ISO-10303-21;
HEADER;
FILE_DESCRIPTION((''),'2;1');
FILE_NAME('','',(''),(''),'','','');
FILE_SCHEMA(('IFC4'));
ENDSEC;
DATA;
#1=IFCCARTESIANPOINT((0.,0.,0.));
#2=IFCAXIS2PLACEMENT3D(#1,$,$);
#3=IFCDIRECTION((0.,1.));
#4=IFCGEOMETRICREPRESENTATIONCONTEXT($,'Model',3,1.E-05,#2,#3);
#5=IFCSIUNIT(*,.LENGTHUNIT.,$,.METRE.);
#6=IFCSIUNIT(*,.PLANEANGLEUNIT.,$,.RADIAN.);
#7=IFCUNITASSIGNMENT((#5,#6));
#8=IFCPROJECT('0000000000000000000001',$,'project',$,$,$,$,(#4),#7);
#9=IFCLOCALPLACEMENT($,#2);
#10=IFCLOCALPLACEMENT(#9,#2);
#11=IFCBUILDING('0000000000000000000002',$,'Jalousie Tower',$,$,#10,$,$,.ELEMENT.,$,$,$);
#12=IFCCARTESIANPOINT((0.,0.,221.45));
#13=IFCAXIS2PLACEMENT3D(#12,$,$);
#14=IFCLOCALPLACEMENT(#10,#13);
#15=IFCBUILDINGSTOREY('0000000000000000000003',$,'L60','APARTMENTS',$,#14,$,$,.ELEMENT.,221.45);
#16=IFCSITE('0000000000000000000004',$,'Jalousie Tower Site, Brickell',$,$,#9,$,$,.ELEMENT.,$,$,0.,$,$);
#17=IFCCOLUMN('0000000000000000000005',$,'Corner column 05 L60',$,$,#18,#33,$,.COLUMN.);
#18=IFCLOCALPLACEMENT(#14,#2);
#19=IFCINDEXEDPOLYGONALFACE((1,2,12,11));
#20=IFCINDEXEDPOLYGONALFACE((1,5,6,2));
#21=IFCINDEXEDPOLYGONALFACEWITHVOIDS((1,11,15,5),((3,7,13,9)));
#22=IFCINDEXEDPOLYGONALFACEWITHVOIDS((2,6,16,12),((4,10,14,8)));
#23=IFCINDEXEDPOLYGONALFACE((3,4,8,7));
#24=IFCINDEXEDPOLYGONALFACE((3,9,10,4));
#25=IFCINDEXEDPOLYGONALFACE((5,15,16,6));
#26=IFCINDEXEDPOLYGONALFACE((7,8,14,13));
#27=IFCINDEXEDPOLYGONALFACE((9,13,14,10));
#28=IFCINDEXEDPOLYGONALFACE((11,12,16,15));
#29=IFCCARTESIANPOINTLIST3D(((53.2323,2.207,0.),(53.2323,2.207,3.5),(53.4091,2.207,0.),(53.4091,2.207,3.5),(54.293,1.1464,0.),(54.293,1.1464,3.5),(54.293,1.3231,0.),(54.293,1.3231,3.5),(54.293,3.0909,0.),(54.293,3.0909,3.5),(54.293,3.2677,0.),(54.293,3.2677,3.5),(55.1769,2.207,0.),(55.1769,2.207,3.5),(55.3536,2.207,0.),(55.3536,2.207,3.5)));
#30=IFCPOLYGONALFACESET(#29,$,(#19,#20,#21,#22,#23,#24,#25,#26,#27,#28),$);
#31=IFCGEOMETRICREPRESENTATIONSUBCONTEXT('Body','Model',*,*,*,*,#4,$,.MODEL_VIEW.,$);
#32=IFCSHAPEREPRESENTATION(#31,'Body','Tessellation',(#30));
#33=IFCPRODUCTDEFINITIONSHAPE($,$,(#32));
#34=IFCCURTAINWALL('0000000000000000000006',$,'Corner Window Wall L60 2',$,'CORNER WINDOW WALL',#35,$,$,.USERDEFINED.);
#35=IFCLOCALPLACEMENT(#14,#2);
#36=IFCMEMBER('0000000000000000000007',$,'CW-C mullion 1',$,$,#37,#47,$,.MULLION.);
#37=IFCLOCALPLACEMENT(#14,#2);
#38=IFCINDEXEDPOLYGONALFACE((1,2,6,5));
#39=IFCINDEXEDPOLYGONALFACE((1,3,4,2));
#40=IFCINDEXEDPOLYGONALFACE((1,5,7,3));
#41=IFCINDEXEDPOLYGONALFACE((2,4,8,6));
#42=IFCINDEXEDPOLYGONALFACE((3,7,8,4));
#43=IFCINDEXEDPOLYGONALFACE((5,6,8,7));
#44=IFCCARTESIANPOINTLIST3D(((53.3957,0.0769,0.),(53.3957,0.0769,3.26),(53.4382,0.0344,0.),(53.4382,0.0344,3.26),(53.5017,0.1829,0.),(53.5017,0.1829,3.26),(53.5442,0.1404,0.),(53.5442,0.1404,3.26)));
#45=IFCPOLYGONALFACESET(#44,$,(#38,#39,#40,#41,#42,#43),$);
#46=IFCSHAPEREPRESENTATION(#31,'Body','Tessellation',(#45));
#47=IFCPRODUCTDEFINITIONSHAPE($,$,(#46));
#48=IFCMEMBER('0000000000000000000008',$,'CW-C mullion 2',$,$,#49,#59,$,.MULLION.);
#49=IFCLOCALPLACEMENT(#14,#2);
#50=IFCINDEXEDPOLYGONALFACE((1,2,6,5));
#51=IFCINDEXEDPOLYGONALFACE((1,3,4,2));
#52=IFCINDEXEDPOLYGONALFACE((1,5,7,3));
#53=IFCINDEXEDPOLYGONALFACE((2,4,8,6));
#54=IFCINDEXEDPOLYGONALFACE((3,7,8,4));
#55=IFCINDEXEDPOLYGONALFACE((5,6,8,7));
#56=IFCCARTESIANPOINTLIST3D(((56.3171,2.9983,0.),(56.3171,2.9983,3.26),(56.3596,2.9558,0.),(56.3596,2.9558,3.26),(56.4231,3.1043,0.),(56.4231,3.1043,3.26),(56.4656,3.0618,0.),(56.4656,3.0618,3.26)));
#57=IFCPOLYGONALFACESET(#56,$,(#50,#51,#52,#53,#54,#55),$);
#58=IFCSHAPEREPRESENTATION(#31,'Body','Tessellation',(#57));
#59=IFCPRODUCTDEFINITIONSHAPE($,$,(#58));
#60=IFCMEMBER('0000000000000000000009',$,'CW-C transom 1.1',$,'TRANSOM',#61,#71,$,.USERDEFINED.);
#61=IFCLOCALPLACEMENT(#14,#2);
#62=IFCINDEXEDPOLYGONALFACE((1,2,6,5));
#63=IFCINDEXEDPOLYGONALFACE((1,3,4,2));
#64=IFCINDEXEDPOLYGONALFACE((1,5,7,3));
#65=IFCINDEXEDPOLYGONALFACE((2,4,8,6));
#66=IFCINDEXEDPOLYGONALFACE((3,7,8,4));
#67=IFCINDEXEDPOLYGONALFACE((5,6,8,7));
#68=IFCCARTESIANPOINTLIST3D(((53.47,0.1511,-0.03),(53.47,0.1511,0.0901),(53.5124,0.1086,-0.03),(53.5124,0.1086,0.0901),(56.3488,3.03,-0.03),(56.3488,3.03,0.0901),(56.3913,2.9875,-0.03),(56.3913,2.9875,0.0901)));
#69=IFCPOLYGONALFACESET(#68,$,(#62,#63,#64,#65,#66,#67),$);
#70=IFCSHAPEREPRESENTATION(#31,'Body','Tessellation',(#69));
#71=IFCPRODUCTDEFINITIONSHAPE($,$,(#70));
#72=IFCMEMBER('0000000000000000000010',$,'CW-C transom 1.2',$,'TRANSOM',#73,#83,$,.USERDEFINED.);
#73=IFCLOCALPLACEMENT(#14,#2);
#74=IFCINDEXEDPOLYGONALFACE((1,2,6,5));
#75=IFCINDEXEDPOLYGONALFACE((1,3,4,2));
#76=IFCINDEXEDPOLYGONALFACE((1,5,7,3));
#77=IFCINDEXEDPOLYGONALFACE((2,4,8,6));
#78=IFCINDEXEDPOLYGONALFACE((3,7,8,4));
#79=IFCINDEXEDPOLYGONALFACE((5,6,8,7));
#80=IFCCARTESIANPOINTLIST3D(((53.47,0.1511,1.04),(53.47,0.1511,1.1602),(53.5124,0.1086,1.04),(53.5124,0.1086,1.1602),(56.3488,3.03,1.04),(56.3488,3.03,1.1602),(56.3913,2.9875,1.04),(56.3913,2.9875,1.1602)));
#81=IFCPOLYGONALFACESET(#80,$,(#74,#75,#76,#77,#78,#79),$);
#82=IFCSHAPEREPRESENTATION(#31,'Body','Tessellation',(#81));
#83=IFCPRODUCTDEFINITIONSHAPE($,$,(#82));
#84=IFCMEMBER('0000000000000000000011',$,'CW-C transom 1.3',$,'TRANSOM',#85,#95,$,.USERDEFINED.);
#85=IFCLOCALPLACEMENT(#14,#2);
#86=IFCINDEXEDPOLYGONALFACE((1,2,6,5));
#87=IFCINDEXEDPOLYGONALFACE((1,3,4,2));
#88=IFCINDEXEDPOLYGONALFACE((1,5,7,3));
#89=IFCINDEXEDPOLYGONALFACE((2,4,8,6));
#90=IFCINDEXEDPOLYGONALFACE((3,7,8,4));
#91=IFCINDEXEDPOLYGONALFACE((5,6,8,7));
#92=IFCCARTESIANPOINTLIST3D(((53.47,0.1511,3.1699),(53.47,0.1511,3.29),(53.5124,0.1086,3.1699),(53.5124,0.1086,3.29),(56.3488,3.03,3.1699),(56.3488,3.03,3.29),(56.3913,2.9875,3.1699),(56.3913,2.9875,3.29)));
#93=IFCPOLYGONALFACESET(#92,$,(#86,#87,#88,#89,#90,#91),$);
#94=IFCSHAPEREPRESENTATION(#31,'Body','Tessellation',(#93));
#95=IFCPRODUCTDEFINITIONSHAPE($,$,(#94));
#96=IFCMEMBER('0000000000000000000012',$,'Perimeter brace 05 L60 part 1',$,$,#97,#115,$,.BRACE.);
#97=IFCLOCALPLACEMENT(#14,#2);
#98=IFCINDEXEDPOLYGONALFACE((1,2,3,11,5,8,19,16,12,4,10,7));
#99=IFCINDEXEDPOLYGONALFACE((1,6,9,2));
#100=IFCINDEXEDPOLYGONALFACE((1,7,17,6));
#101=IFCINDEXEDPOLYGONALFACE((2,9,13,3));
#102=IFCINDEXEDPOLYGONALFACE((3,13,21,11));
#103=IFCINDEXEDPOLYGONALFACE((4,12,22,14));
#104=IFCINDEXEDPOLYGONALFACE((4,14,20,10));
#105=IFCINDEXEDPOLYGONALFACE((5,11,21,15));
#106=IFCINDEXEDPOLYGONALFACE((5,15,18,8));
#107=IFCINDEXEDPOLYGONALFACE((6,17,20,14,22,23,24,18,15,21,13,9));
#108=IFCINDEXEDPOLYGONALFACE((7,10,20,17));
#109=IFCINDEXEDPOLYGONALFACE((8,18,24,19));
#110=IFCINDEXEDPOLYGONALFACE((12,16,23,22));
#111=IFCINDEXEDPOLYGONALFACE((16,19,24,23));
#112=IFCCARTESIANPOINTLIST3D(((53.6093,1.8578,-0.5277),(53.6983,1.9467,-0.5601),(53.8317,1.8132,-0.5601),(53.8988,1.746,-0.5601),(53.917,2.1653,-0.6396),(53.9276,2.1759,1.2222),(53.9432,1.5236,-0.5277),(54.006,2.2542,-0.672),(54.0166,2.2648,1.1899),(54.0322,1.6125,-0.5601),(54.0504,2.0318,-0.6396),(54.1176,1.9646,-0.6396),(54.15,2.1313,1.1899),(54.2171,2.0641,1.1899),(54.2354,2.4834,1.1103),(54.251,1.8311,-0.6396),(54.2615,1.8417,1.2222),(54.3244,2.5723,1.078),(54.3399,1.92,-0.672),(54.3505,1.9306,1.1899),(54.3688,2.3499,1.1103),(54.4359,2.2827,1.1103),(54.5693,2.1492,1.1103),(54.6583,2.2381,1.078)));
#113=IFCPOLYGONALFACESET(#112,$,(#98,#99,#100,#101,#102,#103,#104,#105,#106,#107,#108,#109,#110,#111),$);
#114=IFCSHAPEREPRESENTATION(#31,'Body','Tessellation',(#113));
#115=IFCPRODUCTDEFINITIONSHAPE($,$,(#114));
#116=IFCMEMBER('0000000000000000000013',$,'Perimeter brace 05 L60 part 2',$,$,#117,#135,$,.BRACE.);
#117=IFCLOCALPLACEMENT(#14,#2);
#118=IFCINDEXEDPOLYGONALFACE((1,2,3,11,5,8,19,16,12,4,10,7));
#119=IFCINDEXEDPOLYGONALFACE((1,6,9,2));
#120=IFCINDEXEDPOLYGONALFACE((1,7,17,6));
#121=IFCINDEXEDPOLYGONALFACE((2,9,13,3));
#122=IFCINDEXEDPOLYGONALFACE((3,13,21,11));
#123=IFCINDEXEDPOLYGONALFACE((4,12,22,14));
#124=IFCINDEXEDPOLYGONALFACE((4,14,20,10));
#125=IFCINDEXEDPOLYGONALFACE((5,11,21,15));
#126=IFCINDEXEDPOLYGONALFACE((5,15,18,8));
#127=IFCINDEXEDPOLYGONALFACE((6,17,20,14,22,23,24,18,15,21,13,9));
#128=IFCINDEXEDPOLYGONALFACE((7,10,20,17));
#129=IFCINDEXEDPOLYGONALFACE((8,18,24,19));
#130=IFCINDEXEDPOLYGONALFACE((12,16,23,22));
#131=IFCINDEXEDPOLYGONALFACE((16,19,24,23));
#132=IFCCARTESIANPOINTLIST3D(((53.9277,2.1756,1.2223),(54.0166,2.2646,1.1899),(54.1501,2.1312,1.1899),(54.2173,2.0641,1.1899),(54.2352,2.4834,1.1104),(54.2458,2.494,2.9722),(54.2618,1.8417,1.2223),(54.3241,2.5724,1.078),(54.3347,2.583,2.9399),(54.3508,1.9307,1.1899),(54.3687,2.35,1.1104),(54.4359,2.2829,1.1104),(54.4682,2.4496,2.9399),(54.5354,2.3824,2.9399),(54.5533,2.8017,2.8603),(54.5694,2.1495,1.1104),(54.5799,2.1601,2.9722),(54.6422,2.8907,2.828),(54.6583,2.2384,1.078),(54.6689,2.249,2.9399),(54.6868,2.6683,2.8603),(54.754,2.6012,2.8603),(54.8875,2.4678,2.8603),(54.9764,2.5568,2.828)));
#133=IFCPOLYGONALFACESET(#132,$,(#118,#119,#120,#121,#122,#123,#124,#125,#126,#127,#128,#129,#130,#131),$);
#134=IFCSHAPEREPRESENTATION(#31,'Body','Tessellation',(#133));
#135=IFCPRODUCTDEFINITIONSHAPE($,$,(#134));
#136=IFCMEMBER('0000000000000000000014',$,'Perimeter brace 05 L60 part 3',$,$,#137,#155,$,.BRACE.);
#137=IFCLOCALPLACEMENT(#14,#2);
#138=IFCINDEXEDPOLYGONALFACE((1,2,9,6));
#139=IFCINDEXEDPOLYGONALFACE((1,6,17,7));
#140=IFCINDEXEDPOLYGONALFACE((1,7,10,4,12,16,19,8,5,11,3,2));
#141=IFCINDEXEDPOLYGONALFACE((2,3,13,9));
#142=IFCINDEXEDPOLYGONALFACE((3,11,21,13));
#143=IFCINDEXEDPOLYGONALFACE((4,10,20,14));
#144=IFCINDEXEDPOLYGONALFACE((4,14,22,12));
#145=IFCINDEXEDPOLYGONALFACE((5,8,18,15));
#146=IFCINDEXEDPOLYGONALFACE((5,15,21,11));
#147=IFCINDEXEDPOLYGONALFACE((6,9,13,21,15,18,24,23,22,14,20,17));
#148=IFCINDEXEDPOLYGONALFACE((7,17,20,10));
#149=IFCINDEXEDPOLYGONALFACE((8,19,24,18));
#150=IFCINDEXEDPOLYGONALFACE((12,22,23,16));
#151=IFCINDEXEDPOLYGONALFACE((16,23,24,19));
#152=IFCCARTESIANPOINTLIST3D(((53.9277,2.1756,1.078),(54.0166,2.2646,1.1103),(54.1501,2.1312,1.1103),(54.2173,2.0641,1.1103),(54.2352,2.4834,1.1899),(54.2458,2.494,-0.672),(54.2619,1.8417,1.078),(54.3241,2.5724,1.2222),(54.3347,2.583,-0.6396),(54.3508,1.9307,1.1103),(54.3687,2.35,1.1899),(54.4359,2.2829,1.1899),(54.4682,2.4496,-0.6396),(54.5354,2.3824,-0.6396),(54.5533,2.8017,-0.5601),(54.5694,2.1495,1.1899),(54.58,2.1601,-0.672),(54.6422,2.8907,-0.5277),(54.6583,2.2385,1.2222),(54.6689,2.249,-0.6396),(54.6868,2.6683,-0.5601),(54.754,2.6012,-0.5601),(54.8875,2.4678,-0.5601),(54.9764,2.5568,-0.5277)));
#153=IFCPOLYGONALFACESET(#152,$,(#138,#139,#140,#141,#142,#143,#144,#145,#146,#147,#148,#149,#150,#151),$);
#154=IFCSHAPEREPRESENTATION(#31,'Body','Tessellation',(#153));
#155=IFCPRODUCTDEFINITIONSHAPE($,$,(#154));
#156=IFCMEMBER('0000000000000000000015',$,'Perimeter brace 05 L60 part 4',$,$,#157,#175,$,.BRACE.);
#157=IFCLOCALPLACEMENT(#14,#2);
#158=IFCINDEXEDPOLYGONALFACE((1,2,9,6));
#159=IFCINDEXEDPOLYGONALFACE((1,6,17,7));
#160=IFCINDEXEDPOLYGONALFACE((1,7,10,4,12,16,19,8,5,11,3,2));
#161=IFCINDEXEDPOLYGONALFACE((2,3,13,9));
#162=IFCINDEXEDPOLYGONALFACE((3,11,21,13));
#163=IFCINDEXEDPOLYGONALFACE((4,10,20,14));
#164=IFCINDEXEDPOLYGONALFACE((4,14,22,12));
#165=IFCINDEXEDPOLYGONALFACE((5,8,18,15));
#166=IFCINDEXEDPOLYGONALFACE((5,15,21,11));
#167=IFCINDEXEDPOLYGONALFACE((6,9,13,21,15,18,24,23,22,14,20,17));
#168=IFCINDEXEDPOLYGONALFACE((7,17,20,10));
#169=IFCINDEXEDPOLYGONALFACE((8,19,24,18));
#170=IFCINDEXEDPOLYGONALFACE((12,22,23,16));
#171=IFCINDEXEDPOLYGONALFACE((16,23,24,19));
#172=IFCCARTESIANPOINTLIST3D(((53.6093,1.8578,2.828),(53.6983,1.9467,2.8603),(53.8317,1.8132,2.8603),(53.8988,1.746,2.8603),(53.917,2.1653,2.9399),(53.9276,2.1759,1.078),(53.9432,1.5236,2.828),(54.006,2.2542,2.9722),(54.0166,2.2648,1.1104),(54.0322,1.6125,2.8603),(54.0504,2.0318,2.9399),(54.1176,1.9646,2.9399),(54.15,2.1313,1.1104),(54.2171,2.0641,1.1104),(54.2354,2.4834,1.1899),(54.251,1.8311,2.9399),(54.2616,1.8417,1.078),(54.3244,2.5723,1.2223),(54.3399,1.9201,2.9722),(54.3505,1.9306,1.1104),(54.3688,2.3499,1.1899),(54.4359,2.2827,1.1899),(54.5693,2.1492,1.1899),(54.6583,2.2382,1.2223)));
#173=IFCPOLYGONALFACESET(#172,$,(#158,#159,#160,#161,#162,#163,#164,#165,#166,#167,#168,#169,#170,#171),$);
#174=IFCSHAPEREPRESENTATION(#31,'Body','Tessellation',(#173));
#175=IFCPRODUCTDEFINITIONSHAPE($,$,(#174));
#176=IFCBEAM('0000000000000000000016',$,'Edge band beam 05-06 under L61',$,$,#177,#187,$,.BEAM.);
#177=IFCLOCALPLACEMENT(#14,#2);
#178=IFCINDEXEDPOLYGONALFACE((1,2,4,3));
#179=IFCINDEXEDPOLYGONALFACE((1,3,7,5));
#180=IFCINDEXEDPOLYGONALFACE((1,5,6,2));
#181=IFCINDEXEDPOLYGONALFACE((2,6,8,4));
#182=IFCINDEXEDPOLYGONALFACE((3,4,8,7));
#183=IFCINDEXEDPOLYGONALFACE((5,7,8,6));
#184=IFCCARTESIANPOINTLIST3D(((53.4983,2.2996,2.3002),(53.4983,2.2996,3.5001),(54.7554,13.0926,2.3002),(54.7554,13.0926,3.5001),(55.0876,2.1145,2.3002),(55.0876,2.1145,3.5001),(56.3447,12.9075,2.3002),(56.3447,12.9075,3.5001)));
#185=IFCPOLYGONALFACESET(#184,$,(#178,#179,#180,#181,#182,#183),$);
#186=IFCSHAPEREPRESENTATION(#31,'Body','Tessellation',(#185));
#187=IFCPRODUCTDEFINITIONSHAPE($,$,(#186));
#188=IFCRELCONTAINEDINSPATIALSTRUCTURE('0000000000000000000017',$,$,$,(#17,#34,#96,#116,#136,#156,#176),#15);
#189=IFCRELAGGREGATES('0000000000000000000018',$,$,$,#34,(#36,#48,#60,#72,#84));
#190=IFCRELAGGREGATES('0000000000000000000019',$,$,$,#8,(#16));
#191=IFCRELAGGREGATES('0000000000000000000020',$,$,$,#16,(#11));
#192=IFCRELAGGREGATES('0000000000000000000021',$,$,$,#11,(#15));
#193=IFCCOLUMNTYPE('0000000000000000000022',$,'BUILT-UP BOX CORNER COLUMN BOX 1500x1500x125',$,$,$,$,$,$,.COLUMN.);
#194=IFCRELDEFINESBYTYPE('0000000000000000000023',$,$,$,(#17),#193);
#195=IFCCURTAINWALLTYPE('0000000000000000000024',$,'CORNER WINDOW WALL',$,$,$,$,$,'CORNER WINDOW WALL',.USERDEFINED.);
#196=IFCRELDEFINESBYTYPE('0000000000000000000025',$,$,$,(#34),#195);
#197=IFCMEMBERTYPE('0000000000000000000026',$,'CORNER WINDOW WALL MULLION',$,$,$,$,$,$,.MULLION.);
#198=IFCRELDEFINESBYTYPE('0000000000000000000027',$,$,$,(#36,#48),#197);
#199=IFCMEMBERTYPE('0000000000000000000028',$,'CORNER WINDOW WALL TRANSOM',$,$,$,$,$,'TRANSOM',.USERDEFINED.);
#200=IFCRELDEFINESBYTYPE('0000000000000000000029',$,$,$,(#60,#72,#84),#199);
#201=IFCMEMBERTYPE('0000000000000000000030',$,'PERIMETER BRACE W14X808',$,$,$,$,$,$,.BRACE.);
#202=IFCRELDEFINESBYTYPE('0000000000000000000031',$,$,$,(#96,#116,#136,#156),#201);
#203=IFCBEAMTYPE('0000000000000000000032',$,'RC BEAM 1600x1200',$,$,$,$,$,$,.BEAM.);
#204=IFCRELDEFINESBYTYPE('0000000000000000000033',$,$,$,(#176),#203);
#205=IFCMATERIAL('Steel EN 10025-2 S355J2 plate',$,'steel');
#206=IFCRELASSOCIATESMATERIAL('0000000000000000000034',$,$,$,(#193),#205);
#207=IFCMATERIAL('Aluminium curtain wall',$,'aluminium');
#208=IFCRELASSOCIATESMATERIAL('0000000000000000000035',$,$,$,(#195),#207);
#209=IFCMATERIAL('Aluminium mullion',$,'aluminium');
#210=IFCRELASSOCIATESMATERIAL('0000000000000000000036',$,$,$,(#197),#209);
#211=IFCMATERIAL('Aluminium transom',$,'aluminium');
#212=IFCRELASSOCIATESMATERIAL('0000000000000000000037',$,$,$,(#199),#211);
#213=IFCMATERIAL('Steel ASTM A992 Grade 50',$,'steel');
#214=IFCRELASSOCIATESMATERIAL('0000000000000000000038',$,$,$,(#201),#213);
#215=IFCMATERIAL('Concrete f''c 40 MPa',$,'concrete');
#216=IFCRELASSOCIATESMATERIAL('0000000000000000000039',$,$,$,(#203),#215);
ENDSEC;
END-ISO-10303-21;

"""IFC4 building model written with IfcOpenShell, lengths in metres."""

from ifc_helpers import new_model, si_unit, direction, frame, origin, origin_2d, place, context, subcontext, project, spatial, rectangle, hollow_rectangle, i_section, extrude, material, material_profile, profile_set, type_object, element, aggregate, save


model = new_model("IFC4")

# Units and contexts
model_context = context("Model", 3, precision=1e-05, world=origin(), true_north=direction((0.0, 1.0)))
body_context = subcontext(model_context, "Body", "Model", "MODEL_VIEW")
ifc_project = project(units=[si_unit("LENGTHUNIT", "METRE"), si_unit("PLANEANGLEUNIT", "RADIAN")], contexts=[model_context])

# Site, building, storey
site_placement = place(None, origin())
site = spatial("IfcSite", under=ifc_project, at=site_placement, Name="Jalousie Tower Site, Brickell", CompositionType="ELEMENT", RefElevation=0.0)
building_placement = place(site_placement, origin())
building = spatial("IfcBuilding", under=site, at=building_placement, Name="Jalousie Tower", CompositionType="ELEMENT")
storey_placement = place(building_placement, frame((0.0, 0.0, 221.45)))
storey = spatial("IfcBuildingStorey", under=building, at=storey_placement, Name="L60", Description="APARTMENTS", CompositionType="ELEMENT", Elevation=221.45)

# Column
ifc_material_1 = material(Name="Steel EN 10025-2 S355J2 plate", Category="steel")
ifc_material_profile_1 = material_profile(ifc_material_1, hollow_rectangle(XDim=1.5, YDim=1.5, WallThickness=0.125, at=origin_2d()), Name="BOX 1500x1500x125")
ifc_profile_set_1 = profile_set([ifc_material_profile_1], Name="Steel EN 10025-2 S355J2 plate")
column_type = type_object("IfcColumnType", Name="BUILT-UP BOX CORNER COLUMN BOX 1500x1500x125", PredefinedType="COLUMN", material=ifc_profile_set_1)
column_placement = place(storey_placement, frame((54.293, 2.207, 0.0), z_axis=(0.0, 0.0, 1.0), x_axis=(-0.707107, 0.707107, 0.0)))
element("IfcColumn", 1, at=column_placement, inside=storey, type_object=column_type, Name="Corner column 05 L60", PredefinedType="COLUMN", context=body_context, shape_type="SweptSolid", body=[
    extrude(hollow_rectangle(XDim=1.5, YDim=1.5, WallThickness=0.125, at=origin_2d()), origin(), (0.0, 0.0, 1.0), 3.5),
])

# Curtain wall, members
ifc_material_2 = material(Name="Aluminium curtain wall", Category="aluminium")
curtain_wall_type_1 = type_object("IfcCurtainWallType", Name="CORNER WINDOW WALL", ElementType="CORNER WINDOW WALL", PredefinedType="USERDEFINED", material=ifc_material_2)
curtain_wall_1_placement = place(storey_placement, origin())
curtain_wall_1 = element("IfcCurtainWall", 2, at=curtain_wall_1_placement, inside=storey, type_object=curtain_wall_type_1, Name="Corner Window Wall L60 2", ObjectType="CORNER WINDOW WALL", PredefinedType="USERDEFINED")
ifc_material_3 = material(Name="Aluminium mullion", Category="aluminium")
ifc_material_profile_2 = material_profile(ifc_material_3, rectangle(XDim=0.0601, YDim=0.1499, at=origin_2d()), Name="MULLION 60x150")
ifc_profile_set_2 = profile_set([ifc_material_profile_2], Name="Aluminium mullion")
member_type_1 = type_object("IfcMemberType", Name="CORNER WINDOW WALL MULLION", PredefinedType="MULLION", material=ifc_profile_set_2)
member_1_placement = place(storey_placement, frame((53.47, 0.1086, 0.0), z_axis=(0.0, 0.0, 1.0), x_axis=(-0.707107, 0.707107, 0.0)))
member_1 = element("IfcMember", 3, at=member_1_placement, type_object=member_type_1, Name="CW-C mullion 1", PredefinedType="MULLION", context=body_context, shape_type="SweptSolid", body=[
    extrude(rectangle(XDim=0.0601, YDim=0.1499, at=origin_2d()), origin(), (0.0, 0.0, 1.0), 3.26),
])
member_2_placement = place(storey_placement, frame((56.3914, 3.03, 0.0), z_axis=(0.0, 0.0, 1.0), x_axis=(-0.707107, 0.707107, 0.0)))
member_2 = element("IfcMember", 4, at=member_2_placement, type_object=member_type_1, Name="CW-C mullion 2", PredefinedType="MULLION", context=body_context, shape_type="SweptSolid", body=[
    extrude(rectangle(XDim=0.0601, YDim=0.1499, at=origin_2d()), origin(), (0.0, 0.0, 1.0), 3.26),
])
ifc_material_4 = material(Name="Aluminium transom", Category="aluminium")
ifc_material_profile_3 = material_profile(ifc_material_4, rectangle(XDim=0.0601, YDim=0.1201, at=origin_2d()), Name="TRANSOM 60x120")
ifc_profile_set_3 = profile_set([ifc_material_profile_3], Name="Aluminium transom")
member_type_2 = type_object("IfcMemberType", Name="CORNER WINDOW WALL TRANSOM", ElementType="TRANSOM", PredefinedType="USERDEFINED", material=ifc_profile_set_3)
member_3_placement = place(storey_placement, frame((53.4912, 0.1299, 0.03), z_axis=(0.707107, 0.707107, 0.0), x_axis=(-0.707107, 0.707107, 0.0)))
member_3 = element("IfcMember", 5, at=member_3_placement, type_object=member_type_2, Name="CW-C transom 1.1", ObjectType="TRANSOM", PredefinedType="USERDEFINED", context=body_context, shape_type="SweptSolid", body=[
    extrude(rectangle(XDim=0.0601, YDim=0.1201, at=origin_2d()), origin(), (0.0, 0.0, 1.0), 4.0713),
])
member_4_placement = place(storey_placement, frame((53.4912, 0.1299, 1.1001), z_axis=(0.707107, 0.707107, 0.0), x_axis=(-0.707107, 0.707107, 0.0)))
member_4 = element("IfcMember", 6, at=member_4_placement, type_object=member_type_2, Name="CW-C transom 1.2", ObjectType="TRANSOM", PredefinedType="USERDEFINED", context=body_context, shape_type="SweptSolid", body=[
    extrude(rectangle(XDim=0.0601, YDim=0.1201, at=origin_2d()), origin(), (0.0, 0.0, 1.0), 4.0713),
])
member_5_placement = place(storey_placement, frame((53.4912, 0.1299, 3.23), z_axis=(0.707107, 0.707107, 0.0), x_axis=(-0.707107, 0.707107, 0.0)))
member_5 = element("IfcMember", 7, at=member_5_placement, type_object=member_type_2, Name="CW-C transom 1.3", ObjectType="TRANSOM", PredefinedType="USERDEFINED", context=body_context, shape_type="SweptSolid", body=[
    extrude(rectangle(XDim=0.0601, YDim=0.1201, at=origin_2d()), origin(), (0.0, 0.0, 1.0), 4.0713),
])

# Members
ifc_material_5 = material(Name="Steel ASTM A992 Grade 50", Category="steel")
ifc_material_profile_4 = material_profile(ifc_material_5, i_section(OverallWidth=0.4724, OverallDepth=0.5791, WebThickness=0.095, FlangeThickness=0.1299, at=origin_2d()), Name="W14X808")
ifc_profile_set_4 = profile_set([ifc_material_profile_4], Name="Steel ASTM A992 Grade 50")
member_type_3 = type_object("IfcMemberType", Name="PERIMETER BRACE W14X808", PredefinedType="BRACE", material=ifc_profile_set_4)
for number, where, z_axis, x_axis, name in (
    (8, (53.9746, 1.8889, -0.5999), (0.176187, 0.176051, 0.968486), (-0.706835, 0.707378, 0.0), "Perimeter brace 05 L60 part 1"),
    (9, (54.293, 2.207, 1.1501), (0.176051, 0.176187, 0.968486), (-0.707378, 0.706835, 0.0), "Perimeter brace 05 L60 part 2"),
    (10, (54.6111, 2.5254, -0.5999), (-0.176051, -0.176187, 0.968486), (0.707378, -0.706835, 0.0), "Perimeter brace 05 L60 part 3"),
    (11, (54.293, 2.207, 1.1501), (-0.176187, -0.176051, 0.968486), (0.706835, -0.707378, 0.0), "Perimeter brace 05 L60 part 4"),
):
    element("IfcMember", number, at=place(storey_placement, frame(where, z_axis=z_axis, x_axis=x_axis)), inside=storey, type_object=member_type_3, Name=name, PredefinedType="BRACE", context=body_context, shape_type="SweptSolid", body=[
        extrude(i_section(OverallWidth=0.4724, OverallDepth=0.5791, WebThickness=0.095, FlangeThickness=0.1299, at=origin_2d()), origin(), (0.0, 0.0, 1.0), 1.8069),
    ])

# Beam
ifc_material_6 = material(Name="Concrete f'c 40 MPa", Category="concrete")
ifc_material_profile_5 = material_profile(ifc_material_6, rectangle(XDim=1.6001, YDim=1.2, at=origin_2d()), Name="RC 1600x1200")
ifc_profile_set_5 = profile_set([ifc_material_profile_5], Name="Concrete f'c 40 MPa")
beam_type = type_object("IfcBeamType", Name="RC BEAM 1600x1200", PredefinedType="BEAM", material=ifc_profile_set_5)
beam_placement = place(storey_placement, frame((54.293, 2.207, 2.9001), z_axis=(0.11569, 0.993285, 0.0), x_axis=(-0.993285, 0.11569, 0.0)))
element("IfcBeam", 12, at=beam_placement, inside=storey, type_object=beam_type, Name="Edge band beam 05-06 under L61", PredefinedType="BEAM", context=body_context, shape_type="SweptSolid", body=[
    extrude(rectangle(XDim=1.6001, YDim=1.2, at=origin_2d()), origin(), (0.0, 0.0, 1.0), 10.866),
])

aggregate(curtain_wall_1, [member_1, member_2, member_3, member_4, member_5])

save(model, "model.ifc")
